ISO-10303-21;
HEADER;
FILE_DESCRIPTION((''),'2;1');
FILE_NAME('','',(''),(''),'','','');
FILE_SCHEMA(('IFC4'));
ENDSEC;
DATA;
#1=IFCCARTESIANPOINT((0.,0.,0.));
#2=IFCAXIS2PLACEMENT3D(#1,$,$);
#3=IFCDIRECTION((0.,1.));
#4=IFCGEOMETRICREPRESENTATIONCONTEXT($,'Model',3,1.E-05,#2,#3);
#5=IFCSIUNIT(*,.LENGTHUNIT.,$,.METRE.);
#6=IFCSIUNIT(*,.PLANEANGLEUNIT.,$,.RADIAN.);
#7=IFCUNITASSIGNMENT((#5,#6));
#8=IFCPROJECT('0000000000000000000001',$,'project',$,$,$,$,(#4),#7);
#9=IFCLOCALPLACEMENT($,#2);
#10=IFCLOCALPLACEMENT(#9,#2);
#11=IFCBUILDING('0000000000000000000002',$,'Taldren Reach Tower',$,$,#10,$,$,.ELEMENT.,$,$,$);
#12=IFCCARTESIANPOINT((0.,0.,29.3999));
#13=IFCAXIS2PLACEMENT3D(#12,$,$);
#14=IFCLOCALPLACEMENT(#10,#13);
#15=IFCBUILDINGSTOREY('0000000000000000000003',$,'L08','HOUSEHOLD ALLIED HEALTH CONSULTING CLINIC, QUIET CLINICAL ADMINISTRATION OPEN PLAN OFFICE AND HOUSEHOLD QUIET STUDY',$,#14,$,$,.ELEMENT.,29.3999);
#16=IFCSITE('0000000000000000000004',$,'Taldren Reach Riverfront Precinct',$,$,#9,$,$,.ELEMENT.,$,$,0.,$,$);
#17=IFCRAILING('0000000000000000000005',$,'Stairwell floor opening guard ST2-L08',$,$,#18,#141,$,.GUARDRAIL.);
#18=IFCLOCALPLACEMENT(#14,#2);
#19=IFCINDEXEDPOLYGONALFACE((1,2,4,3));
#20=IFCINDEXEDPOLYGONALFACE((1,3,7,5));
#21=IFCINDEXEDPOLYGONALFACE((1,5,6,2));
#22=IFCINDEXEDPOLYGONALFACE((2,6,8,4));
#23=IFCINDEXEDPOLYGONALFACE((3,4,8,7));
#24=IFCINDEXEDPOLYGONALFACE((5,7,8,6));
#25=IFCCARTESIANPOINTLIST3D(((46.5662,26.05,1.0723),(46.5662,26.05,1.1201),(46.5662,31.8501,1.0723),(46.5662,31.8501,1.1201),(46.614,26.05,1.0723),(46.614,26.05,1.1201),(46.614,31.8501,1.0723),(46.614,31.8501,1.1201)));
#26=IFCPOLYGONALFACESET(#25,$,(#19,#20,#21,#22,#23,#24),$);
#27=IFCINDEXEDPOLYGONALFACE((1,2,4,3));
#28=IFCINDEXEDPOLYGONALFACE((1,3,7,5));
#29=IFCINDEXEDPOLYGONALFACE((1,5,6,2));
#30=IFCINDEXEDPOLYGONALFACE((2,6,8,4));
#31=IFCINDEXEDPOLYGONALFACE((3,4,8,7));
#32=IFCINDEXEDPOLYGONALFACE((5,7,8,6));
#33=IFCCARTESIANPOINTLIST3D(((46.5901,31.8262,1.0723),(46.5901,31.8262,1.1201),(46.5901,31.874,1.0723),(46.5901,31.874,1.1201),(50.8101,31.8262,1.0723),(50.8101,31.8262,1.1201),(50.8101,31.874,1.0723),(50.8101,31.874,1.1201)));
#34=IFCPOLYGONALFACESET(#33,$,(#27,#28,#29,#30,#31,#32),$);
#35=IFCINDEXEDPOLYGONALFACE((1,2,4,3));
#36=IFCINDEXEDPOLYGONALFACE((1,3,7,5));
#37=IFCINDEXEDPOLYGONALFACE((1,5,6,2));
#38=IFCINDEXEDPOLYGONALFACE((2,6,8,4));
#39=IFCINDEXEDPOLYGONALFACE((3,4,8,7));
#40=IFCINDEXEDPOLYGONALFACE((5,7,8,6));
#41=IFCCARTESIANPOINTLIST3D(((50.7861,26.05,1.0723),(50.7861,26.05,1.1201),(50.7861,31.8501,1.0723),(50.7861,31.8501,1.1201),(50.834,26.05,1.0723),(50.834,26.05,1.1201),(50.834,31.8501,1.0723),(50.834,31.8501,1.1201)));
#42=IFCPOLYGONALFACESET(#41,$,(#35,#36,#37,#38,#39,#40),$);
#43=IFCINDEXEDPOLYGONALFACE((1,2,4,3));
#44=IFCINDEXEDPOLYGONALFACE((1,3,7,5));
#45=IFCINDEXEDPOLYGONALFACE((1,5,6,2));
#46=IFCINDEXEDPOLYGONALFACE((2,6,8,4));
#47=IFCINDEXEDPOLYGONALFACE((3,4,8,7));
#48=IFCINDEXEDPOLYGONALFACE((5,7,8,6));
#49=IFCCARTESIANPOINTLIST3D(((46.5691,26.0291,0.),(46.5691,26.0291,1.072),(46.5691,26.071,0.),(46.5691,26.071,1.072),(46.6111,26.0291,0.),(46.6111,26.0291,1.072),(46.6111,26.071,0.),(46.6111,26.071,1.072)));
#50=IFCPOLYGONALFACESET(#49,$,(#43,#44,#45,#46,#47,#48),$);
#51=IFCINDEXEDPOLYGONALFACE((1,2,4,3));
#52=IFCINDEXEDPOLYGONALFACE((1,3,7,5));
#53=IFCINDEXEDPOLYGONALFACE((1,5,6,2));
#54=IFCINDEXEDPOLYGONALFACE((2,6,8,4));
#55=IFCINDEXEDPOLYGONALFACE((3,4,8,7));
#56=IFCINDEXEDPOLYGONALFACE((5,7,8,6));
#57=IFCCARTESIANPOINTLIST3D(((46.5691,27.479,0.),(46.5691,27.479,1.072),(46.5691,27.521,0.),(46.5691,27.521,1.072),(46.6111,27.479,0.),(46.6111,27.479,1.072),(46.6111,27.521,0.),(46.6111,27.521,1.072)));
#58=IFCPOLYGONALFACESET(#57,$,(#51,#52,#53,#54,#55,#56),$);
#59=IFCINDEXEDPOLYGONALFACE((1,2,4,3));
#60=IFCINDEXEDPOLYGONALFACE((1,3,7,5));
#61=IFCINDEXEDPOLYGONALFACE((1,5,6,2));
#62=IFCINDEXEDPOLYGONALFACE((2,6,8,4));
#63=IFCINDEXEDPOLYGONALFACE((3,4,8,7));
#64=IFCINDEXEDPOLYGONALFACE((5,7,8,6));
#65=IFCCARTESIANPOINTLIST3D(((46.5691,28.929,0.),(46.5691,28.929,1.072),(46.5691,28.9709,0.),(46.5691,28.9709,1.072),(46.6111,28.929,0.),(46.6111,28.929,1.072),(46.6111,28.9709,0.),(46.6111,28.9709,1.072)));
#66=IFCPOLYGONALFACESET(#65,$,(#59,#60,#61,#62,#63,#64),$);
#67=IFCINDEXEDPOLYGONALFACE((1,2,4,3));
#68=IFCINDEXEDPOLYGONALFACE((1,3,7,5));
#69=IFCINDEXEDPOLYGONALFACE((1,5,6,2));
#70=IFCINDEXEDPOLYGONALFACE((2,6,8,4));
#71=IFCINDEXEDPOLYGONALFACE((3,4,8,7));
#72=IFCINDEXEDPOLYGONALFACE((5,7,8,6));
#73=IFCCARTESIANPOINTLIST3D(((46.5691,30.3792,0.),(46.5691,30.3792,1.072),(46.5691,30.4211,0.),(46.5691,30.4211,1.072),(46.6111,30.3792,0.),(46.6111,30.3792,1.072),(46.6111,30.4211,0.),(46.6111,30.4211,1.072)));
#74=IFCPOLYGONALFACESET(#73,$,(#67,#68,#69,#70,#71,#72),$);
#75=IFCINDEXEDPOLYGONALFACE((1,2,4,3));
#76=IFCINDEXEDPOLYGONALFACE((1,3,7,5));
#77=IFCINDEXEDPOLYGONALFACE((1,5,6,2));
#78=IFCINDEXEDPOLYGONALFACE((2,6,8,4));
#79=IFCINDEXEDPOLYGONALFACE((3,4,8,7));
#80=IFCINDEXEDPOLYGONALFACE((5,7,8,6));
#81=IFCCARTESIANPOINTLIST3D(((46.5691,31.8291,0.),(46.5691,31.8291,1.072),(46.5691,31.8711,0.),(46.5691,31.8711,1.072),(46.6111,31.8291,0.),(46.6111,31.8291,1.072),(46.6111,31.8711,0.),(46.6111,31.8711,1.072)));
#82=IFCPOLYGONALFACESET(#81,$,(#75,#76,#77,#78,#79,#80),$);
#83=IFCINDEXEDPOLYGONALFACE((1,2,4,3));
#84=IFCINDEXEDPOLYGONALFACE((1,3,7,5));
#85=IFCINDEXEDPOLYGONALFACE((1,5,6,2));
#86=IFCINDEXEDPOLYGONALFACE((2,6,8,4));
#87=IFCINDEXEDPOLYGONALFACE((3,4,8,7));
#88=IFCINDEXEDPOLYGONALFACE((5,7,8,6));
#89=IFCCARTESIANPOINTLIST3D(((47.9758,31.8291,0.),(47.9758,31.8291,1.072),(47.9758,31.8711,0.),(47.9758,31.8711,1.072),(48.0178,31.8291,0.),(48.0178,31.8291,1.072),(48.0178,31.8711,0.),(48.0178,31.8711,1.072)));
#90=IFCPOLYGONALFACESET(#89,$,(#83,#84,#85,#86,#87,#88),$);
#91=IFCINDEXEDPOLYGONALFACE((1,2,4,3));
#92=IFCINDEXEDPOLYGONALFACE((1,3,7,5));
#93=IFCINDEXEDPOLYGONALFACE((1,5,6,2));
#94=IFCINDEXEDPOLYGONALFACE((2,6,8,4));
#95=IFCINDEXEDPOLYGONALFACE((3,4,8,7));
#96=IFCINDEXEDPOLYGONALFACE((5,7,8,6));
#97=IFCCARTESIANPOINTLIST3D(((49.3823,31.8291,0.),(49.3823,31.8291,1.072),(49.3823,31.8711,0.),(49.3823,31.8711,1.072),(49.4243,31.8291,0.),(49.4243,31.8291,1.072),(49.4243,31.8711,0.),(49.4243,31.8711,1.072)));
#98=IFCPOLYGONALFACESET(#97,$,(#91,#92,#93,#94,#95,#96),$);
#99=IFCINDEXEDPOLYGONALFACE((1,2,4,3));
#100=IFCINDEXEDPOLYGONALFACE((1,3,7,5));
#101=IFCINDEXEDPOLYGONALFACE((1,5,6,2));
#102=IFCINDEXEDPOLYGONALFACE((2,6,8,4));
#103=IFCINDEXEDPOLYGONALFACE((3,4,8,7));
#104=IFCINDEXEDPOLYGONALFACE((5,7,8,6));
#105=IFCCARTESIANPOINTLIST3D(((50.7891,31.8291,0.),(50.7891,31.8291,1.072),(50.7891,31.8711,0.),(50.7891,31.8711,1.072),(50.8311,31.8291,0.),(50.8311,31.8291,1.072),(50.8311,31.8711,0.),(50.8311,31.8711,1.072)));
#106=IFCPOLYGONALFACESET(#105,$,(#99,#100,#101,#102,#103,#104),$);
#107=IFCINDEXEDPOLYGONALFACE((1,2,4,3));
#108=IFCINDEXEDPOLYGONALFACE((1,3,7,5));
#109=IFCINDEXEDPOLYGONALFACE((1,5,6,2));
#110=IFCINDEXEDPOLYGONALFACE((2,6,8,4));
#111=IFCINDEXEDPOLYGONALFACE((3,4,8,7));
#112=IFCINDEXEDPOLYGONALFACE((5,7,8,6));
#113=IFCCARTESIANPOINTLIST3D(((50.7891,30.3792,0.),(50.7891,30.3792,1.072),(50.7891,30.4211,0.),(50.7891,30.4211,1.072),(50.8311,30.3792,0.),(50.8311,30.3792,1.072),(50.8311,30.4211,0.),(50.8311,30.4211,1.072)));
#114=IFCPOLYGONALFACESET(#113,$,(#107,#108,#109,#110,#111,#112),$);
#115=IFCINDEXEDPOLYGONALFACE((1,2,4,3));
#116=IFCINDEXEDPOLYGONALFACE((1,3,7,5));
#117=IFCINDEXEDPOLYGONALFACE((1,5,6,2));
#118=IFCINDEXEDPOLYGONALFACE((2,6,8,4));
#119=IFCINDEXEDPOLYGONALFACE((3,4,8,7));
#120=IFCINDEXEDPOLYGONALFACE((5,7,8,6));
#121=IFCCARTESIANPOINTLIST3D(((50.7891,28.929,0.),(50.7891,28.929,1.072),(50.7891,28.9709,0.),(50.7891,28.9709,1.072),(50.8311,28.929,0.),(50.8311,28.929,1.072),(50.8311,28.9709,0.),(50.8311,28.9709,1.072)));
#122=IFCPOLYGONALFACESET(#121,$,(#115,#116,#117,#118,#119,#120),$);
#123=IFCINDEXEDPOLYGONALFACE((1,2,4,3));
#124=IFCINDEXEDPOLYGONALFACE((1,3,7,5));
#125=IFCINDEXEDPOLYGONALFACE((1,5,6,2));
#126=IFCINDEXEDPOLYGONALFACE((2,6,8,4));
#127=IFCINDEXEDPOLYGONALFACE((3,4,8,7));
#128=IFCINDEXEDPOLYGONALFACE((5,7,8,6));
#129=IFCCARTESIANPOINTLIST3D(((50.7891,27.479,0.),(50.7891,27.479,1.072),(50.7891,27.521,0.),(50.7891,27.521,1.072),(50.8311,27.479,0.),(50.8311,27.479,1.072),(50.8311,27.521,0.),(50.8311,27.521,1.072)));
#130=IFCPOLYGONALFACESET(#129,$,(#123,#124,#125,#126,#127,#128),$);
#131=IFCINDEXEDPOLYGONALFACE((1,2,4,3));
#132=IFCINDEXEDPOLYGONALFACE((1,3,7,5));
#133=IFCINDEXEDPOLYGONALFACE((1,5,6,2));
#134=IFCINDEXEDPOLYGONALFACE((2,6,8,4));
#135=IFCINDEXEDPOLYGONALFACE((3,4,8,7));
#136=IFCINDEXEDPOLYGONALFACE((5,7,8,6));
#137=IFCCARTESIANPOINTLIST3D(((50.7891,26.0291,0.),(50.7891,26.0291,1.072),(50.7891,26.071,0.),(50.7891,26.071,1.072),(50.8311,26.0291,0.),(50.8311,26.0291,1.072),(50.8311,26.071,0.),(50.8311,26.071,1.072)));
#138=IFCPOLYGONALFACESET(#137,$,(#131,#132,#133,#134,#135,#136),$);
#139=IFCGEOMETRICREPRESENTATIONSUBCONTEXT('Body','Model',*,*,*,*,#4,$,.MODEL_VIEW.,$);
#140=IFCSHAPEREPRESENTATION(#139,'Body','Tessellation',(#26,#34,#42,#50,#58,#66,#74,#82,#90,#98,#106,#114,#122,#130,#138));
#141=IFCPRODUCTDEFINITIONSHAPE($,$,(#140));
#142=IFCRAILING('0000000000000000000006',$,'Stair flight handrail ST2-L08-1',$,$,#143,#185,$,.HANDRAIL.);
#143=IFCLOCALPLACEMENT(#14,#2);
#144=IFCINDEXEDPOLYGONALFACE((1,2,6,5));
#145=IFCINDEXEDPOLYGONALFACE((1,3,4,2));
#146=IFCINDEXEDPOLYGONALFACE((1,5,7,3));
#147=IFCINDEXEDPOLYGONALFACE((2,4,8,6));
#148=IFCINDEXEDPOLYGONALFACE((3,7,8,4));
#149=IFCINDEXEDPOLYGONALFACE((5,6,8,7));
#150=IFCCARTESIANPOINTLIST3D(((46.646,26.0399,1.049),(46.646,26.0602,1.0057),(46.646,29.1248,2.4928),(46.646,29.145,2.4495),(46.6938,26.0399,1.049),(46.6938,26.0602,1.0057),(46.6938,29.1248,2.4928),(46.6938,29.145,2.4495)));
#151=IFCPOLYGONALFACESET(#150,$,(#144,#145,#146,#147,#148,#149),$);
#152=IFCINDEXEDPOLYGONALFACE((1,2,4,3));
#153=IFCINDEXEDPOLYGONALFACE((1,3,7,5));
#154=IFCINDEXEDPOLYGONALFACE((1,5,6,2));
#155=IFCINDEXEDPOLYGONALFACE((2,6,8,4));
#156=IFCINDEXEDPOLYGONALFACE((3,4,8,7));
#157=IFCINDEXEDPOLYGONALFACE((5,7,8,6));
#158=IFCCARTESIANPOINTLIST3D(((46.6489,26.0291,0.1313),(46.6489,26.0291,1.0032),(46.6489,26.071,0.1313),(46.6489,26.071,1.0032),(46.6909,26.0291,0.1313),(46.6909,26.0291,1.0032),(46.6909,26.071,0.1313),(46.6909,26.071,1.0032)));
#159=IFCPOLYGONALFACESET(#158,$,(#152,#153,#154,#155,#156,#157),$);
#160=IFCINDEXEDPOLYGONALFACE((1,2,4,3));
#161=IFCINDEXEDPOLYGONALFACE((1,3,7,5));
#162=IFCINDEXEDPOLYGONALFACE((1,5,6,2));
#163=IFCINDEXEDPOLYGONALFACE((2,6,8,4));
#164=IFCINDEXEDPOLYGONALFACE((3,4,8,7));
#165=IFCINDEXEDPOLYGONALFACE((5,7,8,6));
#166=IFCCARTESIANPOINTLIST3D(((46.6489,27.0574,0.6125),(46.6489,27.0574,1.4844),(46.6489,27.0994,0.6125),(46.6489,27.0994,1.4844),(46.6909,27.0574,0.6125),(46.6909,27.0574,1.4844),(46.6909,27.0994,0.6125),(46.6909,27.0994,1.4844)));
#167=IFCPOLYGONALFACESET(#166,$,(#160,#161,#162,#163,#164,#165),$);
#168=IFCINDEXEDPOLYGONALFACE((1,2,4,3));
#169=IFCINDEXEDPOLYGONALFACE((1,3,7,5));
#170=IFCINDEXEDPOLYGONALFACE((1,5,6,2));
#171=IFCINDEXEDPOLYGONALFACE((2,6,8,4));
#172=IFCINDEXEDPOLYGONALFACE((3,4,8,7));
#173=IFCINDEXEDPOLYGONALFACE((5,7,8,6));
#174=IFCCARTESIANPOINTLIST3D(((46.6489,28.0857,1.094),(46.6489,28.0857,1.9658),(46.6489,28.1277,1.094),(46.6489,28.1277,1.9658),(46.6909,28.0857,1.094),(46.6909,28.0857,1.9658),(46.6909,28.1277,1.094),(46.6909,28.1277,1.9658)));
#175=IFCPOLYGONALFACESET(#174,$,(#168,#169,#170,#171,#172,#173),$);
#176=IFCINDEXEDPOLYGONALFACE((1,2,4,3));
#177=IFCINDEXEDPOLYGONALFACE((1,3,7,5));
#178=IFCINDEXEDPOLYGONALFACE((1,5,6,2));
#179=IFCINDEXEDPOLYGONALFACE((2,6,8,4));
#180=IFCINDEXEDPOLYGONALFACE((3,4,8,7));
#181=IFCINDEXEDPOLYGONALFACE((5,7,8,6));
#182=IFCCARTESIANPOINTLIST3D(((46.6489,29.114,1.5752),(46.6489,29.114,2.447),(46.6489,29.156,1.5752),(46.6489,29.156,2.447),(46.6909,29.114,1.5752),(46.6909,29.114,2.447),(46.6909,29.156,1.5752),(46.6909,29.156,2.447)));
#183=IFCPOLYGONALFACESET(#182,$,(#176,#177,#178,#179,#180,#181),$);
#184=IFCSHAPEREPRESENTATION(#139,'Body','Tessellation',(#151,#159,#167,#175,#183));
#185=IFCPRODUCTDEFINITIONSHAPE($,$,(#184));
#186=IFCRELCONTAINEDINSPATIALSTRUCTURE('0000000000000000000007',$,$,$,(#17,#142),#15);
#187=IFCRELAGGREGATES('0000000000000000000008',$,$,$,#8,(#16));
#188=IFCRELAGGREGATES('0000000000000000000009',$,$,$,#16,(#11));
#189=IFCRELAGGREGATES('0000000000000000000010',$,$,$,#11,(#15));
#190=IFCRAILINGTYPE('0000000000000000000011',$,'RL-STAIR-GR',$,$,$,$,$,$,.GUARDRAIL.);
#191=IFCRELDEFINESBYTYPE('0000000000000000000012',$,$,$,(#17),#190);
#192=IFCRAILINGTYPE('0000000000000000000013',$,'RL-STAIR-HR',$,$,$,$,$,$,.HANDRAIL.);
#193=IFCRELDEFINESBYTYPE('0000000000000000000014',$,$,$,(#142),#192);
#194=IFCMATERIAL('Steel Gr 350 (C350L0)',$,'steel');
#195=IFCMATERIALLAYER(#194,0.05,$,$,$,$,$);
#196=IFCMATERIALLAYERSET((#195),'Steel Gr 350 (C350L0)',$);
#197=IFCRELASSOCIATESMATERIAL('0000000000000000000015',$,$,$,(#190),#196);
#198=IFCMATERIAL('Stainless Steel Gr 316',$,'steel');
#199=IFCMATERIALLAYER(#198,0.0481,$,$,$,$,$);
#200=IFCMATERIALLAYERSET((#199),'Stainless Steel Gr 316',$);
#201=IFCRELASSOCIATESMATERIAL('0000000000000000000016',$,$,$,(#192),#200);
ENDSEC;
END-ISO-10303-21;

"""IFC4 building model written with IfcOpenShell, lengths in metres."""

from ifc_helpers import new_model, si_unit, direction, frame, origin, origin_2d, place, context, subcontext, project, spatial, rectangle, extrude, material, layer, layer_set, type_object, element, save


model = new_model("IFC4")

# Units and contexts
model_context = context("Model", 3, precision=1e-05, world=origin(), true_north=direction((0.0, 1.0)))
body_context = subcontext(model_context, "Body", "Model", "MODEL_VIEW")
ifc_project = project(units=[si_unit("LENGTHUNIT", "METRE"), si_unit("PLANEANGLEUNIT", "RADIAN")], contexts=[model_context])

# Site, building, storey
site_placement = place(None, origin())
site = spatial("IfcSite", under=ifc_project, at=site_placement, Name="Taldren Reach Riverfront Precinct", CompositionType="ELEMENT", RefElevation=0.0)
building_placement = place(site_placement, origin())
building = spatial("IfcBuilding", under=site, at=building_placement, Name="Taldren Reach Tower", CompositionType="ELEMENT")
storey_placement = place(building_placement, frame((0.0, 0.0, 29.3999)))
storey = spatial("IfcBuildingStorey", under=building, at=storey_placement, Name="L08", Description="HOUSEHOLD ALLIED HEALTH CONSULTING CLINIC, QUIET CLINICAL ADMINISTRATION OPEN PLAN OFFICE AND HOUSEHOLD QUIET STUDY", CompositionType="ELEMENT", Elevation=29.3999)

# Railings
ifc_material_1 = material(Name="Steel Gr 350 (C350L0)", Category="steel")
ifc_layer_1 = layer(ifc_material_1, 0.05)
ifc_layer_set_1 = layer_set([ifc_layer_1], Name="Steel Gr 350 (C350L0)")
railing_type_1 = type_object("IfcRailingType", Name="RL-STAIR-GR", PredefinedType="GUARDRAIL", material=ifc_layer_set_1)
railing_1_placement = place(storey_placement, frame((46.5901, 26.05, 0.0)))
element("IfcRailing", 1, at=railing_1_placement, inside=storey, type_object=railing_type_1, Name="Stairwell floor opening guard ST2-L08", PredefinedType="GUARDRAIL", context=body_context, shape_type="SweptSolid", body=[
    extrude(rectangle(XDim=0.0479, YDim=0.0479, at=origin_2d()), frame((0.0, 0.0, 1.0962), z_axis=(0.0, 1.0, 0.0), x_axis=(-1.0, 0.0, 0.0)), (0.0, 0.0, 1.0), 5.8),
    extrude(rectangle(XDim=0.0479, YDim=0.0479, at=origin_2d()), frame((0.0, 5.8, 1.0962), z_axis=(1.0, 0.0, 0.0), x_axis=(0.0, 1.0, 0.0)), (0.0, 0.0, 1.0), 4.22),
    extrude(rectangle(XDim=0.0479, YDim=0.0479, at=origin_2d()), frame((4.22, 5.8, 1.0962), z_axis=(0.0, -1.0, 0.0), x_axis=(1.0, 0.0, 0.0)), (0.0, 0.0, 1.0), 5.8),
    extrude(rectangle(XDim=0.042, YDim=0.042, at=origin_2d()), origin(), (0.0, 0.0, 1.0), 1.072),
    extrude(rectangle(XDim=0.042, YDim=0.042, at=origin_2d()), frame((0.0, 1.45, 0.0)), (0.0, 0.0, 1.0), 1.072),
    extrude(rectangle(XDim=0.042, YDim=0.042, at=origin_2d()), frame((0.0, 2.8999, 0.0)), (0.0, 0.0, 1.0), 1.072),
    extrude(rectangle(XDim=0.042, YDim=0.042, at=origin_2d()), frame((0.0, 4.3501, 0.0)), (0.0, 0.0, 1.0), 1.072),
    extrude(rectangle(XDim=0.042, YDim=0.042, at=origin_2d()), frame((0.0, 5.8, 0.0)), (0.0, 0.0, 1.0), 1.072),
    extrude(rectangle(XDim=0.042, YDim=0.042, at=origin_2d()), frame((1.4067, 5.8, 0.0)), (0.0, 0.0, 1.0), 1.072),
    extrude(rectangle(XDim=0.042, YDim=0.042, at=origin_2d()), frame((2.8132, 5.8, 0.0)), (0.0, 0.0, 1.0), 1.072),
    extrude(rectangle(XDim=0.042, YDim=0.042, at=origin_2d()), frame((4.22, 5.8, 0.0)), (0.0, 0.0, 1.0), 1.072),
    extrude(rectangle(XDim=0.042, YDim=0.042, at=origin_2d()), frame((4.22, 4.3501, 0.0)), (0.0, 0.0, 1.0), 1.072),
    extrude(rectangle(XDim=0.042, YDim=0.042, at=origin_2d()), frame((4.22, 2.8999, 0.0)), (0.0, 0.0, 1.0), 1.072),
    extrude(rectangle(XDim=0.042, YDim=0.042, at=origin_2d()), frame((4.22, 1.45, 0.0)), (0.0, 0.0, 1.0), 1.072),
    extrude(rectangle(XDim=0.042, YDim=0.042, at=origin_2d()), frame((4.22, 0.0, 0.0)), (0.0, 0.0, 1.0), 1.072),
])
ifc_material_2 = material(Name="Stainless Steel Gr 316", Category="steel")
ifc_layer_2 = layer(ifc_material_2, 0.0481)
ifc_layer_set_2 = layer_set([ifc_layer_2], Name="Stainless Steel Gr 316")
railing_type_2 = type_object("IfcRailingType", Name="RL-STAIR-HR", PredefinedType="HANDRAIL", material=ifc_layer_set_2)
railing_2_placement = place(storey_placement, frame((46.6699, 26.05, 0.1313)))
element("IfcRailing", 2, at=railing_2_placement, inside=storey, type_object=railing_type_2, Name="Stair flight handrail ST2-L08-1", PredefinedType="HANDRAIL", context=body_context, shape_type="SweptSolid", body=[
    extrude(rectangle(XDim=0.0479, YDim=0.0479, at=origin_2d()), frame((0.0, 0.0, 0.896), z_axis=(0.0, 0.90571, 0.423898), x_axis=(-1.0, 0.0, 0.0)), (0.0, 0.0, 1.0), 3.406),
    extrude(rectangle(XDim=0.042, YDim=0.042, at=origin_2d()), origin(), (0.0, 0.0, 1.0), 0.8718),
    extrude(rectangle(XDim=0.042, YDim=0.042, at=origin_2d()), frame((0.0, 1.0283, 0.4812)), (0.0, 0.0, 1.0), 0.8718),
    extrude(rectangle(XDim=0.042, YDim=0.042, at=origin_2d()), frame((0.0, 2.0566, 0.9626)), (0.0, 0.0, 1.0), 0.8718),
    extrude(rectangle(XDim=0.042, YDim=0.042, at=origin_2d()), frame((0.0, 3.085, 1.4438)), (0.0, 0.0, 1.0), 0.8718),
])

save(model, "model.ifc")
